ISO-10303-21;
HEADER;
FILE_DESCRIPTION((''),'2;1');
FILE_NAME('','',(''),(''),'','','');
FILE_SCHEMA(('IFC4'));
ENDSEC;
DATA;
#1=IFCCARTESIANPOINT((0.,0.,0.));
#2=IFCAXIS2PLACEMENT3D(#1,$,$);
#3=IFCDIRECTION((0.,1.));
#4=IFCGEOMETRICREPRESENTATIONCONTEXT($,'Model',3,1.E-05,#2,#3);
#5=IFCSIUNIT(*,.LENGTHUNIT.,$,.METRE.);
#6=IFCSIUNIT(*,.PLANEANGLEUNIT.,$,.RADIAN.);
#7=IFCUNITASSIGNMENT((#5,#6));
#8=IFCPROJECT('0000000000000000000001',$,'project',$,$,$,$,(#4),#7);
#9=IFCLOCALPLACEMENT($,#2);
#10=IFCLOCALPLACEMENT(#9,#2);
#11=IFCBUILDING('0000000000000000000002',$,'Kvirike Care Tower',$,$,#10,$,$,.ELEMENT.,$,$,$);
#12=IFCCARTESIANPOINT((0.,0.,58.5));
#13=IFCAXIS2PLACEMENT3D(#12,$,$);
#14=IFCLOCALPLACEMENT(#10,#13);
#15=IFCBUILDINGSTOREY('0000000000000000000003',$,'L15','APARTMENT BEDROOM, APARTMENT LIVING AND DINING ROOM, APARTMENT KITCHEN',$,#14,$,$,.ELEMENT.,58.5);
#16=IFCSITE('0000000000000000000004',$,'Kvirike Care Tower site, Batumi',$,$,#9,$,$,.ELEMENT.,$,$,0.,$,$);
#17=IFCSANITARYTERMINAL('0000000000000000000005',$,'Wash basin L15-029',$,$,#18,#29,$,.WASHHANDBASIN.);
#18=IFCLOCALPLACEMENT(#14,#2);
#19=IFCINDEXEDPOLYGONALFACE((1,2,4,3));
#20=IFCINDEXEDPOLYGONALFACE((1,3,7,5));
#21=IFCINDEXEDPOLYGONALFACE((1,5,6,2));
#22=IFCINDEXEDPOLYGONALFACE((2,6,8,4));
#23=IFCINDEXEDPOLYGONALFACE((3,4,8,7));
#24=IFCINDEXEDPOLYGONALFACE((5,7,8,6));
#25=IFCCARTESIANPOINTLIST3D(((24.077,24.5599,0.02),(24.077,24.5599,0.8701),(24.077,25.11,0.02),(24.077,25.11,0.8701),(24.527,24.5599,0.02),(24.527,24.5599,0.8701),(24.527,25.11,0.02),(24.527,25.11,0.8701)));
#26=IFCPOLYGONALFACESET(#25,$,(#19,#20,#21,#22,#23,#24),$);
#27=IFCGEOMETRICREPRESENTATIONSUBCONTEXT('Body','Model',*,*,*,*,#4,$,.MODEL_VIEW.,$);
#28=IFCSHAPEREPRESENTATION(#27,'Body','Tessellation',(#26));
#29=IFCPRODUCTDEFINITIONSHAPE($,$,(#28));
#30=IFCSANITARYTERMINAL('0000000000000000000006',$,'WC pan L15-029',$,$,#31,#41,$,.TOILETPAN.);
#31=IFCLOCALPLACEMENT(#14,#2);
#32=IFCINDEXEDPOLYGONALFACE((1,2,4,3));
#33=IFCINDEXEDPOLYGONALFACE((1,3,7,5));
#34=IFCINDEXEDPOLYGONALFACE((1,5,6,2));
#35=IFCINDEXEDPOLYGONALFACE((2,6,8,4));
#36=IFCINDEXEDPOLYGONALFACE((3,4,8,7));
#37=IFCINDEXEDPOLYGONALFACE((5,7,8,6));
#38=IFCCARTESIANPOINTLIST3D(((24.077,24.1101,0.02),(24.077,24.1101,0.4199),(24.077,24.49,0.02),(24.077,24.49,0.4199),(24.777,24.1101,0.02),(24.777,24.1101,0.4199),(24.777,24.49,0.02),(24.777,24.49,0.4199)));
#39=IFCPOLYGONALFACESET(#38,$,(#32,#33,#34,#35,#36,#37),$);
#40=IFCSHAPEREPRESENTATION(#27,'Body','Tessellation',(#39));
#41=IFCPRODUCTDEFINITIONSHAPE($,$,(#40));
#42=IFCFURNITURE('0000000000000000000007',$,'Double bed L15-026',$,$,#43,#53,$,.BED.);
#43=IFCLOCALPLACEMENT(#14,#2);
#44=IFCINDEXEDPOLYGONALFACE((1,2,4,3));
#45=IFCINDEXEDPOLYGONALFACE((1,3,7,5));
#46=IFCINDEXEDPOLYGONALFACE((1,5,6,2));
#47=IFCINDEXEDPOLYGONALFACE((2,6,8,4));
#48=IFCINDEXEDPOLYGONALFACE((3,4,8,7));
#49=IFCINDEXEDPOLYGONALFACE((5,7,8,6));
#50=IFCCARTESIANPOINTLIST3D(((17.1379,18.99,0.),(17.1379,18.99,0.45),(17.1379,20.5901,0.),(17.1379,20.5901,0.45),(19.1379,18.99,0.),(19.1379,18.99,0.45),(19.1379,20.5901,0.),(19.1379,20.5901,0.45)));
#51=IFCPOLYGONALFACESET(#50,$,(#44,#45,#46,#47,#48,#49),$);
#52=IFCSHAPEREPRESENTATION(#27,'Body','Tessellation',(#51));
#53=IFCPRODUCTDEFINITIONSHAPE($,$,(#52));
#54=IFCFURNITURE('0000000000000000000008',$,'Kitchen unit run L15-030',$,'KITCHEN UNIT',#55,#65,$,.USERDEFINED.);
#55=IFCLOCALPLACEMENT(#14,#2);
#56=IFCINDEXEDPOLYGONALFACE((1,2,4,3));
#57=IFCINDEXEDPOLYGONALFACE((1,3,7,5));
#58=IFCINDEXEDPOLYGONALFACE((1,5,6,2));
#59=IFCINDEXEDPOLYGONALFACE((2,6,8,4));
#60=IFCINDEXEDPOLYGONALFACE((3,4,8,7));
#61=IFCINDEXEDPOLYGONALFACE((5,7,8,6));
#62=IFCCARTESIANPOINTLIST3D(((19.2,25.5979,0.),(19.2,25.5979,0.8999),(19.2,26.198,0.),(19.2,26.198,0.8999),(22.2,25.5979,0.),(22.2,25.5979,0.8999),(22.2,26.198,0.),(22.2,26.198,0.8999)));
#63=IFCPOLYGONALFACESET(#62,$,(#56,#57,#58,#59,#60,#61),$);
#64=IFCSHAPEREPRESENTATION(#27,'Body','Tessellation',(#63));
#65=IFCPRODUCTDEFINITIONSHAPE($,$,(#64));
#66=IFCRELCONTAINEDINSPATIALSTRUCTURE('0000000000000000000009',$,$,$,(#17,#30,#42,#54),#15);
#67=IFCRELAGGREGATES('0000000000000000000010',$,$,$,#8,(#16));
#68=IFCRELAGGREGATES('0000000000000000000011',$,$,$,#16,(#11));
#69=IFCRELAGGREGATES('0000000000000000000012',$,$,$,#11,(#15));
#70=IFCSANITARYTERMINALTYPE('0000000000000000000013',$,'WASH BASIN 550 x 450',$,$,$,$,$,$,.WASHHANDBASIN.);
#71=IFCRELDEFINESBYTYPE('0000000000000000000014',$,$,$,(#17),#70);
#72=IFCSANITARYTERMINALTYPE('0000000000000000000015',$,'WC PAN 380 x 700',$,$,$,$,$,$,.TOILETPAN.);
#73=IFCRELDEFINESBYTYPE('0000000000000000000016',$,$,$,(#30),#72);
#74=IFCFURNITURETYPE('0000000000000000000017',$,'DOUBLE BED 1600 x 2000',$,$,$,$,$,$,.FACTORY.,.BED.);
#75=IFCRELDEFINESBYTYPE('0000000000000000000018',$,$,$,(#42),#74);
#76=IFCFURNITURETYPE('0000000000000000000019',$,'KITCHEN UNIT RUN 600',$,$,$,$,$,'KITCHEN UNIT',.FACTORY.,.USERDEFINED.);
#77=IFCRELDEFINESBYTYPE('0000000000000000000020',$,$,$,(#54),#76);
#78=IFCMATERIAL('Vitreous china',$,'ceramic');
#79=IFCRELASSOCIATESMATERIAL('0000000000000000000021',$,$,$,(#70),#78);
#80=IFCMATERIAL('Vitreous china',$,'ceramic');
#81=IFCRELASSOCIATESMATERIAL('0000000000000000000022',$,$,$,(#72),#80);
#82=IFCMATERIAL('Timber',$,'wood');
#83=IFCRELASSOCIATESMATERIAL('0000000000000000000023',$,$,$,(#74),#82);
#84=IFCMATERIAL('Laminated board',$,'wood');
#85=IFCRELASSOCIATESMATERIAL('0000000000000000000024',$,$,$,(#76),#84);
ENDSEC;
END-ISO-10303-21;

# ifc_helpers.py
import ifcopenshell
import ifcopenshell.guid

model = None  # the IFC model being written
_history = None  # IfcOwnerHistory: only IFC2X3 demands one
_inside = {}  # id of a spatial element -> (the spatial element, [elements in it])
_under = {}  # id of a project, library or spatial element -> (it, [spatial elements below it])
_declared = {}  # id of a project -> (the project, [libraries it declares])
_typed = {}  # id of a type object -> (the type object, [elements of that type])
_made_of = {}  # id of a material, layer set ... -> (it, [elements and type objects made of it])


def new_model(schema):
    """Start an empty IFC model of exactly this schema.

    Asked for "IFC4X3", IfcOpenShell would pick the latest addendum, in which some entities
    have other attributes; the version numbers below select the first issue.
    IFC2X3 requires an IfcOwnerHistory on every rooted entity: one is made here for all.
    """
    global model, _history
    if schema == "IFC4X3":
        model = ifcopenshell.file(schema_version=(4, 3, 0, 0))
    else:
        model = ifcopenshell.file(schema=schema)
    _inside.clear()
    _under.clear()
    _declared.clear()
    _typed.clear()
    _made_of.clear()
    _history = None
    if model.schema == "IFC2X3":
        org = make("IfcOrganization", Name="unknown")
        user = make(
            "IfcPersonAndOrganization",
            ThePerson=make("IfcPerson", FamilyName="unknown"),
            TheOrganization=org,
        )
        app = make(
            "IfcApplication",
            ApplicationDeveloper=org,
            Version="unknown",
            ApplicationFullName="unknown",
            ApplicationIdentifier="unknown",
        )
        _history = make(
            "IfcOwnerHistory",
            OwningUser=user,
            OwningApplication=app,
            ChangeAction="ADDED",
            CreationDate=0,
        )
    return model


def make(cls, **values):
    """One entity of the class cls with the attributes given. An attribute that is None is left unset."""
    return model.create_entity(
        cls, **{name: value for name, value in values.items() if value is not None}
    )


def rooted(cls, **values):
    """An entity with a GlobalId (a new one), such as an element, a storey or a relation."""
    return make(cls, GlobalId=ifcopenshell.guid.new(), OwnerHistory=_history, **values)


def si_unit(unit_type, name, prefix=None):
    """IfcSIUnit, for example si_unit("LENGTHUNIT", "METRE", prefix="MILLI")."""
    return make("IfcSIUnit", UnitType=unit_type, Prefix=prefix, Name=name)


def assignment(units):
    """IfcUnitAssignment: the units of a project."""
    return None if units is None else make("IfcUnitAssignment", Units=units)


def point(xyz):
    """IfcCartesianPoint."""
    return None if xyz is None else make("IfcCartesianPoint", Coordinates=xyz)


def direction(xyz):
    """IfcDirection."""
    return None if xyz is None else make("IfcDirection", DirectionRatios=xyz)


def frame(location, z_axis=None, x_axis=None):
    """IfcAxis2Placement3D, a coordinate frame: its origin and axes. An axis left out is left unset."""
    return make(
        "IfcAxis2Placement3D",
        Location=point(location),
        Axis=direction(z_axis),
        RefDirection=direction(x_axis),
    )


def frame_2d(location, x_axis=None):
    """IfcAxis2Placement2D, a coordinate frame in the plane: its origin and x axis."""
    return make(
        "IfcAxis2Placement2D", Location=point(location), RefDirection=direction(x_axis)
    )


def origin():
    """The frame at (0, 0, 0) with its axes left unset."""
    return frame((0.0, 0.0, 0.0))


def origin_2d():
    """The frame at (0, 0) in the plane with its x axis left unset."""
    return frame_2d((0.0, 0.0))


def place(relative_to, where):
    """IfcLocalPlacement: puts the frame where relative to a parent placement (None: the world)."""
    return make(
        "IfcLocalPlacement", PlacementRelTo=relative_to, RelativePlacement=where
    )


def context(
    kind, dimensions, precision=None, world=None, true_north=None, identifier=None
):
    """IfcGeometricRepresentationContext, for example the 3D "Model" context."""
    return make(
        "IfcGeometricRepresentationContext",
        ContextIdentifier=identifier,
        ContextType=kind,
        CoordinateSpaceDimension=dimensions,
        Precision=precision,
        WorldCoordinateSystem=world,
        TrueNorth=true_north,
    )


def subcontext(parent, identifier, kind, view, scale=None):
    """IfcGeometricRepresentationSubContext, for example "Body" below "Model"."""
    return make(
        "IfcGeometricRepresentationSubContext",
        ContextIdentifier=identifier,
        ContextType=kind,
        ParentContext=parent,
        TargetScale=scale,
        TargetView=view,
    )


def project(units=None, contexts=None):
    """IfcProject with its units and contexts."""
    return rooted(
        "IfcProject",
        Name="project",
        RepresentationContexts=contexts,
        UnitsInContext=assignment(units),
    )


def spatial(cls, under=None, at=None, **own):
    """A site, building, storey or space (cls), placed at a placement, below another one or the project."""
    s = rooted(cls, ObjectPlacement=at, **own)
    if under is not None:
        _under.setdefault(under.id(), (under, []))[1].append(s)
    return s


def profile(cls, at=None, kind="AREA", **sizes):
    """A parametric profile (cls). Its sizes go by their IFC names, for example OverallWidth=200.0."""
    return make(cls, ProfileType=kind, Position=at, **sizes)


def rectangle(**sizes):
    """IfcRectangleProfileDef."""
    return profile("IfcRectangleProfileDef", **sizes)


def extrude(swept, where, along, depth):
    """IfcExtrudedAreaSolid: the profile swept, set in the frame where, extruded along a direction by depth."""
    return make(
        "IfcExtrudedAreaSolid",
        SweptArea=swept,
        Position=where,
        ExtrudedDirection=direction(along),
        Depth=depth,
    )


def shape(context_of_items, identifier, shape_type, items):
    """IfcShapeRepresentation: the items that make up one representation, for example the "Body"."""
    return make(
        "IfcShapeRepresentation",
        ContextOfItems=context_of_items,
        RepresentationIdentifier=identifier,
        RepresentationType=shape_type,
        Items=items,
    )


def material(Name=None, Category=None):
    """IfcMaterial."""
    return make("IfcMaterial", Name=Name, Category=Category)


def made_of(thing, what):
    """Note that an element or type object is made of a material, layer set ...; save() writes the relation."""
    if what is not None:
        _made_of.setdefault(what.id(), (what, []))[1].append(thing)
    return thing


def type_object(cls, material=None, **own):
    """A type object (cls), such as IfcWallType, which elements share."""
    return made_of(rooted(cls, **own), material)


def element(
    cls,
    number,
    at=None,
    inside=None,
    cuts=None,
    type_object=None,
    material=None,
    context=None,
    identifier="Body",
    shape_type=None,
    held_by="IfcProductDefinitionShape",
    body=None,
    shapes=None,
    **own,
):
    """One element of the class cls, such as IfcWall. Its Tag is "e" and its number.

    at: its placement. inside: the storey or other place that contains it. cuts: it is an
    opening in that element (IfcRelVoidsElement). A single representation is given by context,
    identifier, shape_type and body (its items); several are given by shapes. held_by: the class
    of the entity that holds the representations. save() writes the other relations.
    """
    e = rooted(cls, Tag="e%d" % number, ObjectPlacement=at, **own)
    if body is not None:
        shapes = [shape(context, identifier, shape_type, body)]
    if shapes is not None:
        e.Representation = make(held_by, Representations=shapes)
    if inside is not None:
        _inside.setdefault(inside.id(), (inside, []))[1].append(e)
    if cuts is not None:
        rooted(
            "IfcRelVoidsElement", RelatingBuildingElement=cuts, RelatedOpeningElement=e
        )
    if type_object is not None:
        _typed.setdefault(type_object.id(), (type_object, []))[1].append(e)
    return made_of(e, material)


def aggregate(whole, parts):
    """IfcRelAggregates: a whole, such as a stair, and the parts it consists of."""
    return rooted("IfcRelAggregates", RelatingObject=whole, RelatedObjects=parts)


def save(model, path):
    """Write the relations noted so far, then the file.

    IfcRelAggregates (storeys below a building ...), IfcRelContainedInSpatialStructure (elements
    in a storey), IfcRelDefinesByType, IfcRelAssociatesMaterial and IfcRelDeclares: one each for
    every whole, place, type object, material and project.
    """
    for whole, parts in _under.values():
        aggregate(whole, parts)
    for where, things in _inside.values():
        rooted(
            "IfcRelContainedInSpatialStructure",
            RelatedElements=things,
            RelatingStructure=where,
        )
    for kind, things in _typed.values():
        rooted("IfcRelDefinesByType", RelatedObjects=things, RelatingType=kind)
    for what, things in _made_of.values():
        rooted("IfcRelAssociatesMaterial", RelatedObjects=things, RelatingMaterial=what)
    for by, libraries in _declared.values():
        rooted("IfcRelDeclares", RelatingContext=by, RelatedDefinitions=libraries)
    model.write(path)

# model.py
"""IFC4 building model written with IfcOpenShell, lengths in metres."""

from ifc_helpers import new_model, si_unit, direction, frame, origin, origin_2d, place, context, subcontext, project, spatial, rectangle, extrude, material, type_object, element, save


model = new_model("IFC4")

# Units and contexts
model_context = context("Model", 3, precision=1e-05, world=origin(), true_north=direction((0.0, 1.0)))
body_context = subcontext(model_context, "Body", "Model", "MODEL_VIEW")
ifc_project = project(units=[si_unit("LENGTHUNIT", "METRE"), si_unit("PLANEANGLEUNIT", "RADIAN")], contexts=[model_context])

# Site, building, storey
site_placement = place(None, origin())
site = spatial("IfcSite", under=ifc_project, at=site_placement, Name="Kvirike Care Tower site, Batumi", CompositionType="ELEMENT", RefElevation=0.0)
building_placement = place(site_placement, origin())
building = spatial("IfcBuilding", under=site, at=building_placement, Name="Kvirike Care Tower", CompositionType="ELEMENT")
storey_placement = place(building_placement, frame((0.0, 0.0, 58.5)))
storey = spatial("IfcBuildingStorey", under=building, at=storey_placement, Name="L15", Description="APARTMENT BEDROOM, APARTMENT LIVING AND DINING ROOM, APARTMENT KITCHEN", CompositionType="ELEMENT", Elevation=58.5)

# Sanitary terminals
ifc_material_1 = material(Name="Vitreous china", Category="ceramic")
sanitary_terminal_type_1 = type_object("IfcSanitaryTerminalType", Name="WASH BASIN 550 x 450", PredefinedType="WASHHANDBASIN", material=ifc_material_1)
sanitary_terminal_1_placement = place(storey_placement, frame((24.302, 24.835, 0.02), z_axis=(0.0, 0.0, 1.0), x_axis=(0.0, 1.0, 0.0)))
element("IfcSanitaryTerminal", 1, at=sanitary_terminal_1_placement, inside=storey, type_object=sanitary_terminal_type_1, Name="Wash basin L15-029", PredefinedType="WASHHANDBASIN", context=body_context, shape_type="SweptSolid", body=[
    extrude(rectangle(XDim=0.55, YDim=0.45, at=origin_2d()), origin(), (0.0, 0.0, 1.0), 0.8501),
])
ifc_material_2 = material(Name="Vitreous china", Category="ceramic")
sanitary_terminal_type_2 = type_object("IfcSanitaryTerminalType", Name="WC PAN 380 x 700", PredefinedType="TOILETPAN", material=ifc_material_2)
sanitary_terminal_2_placement = place(storey_placement, frame((24.427, 24.3, 0.02), z_axis=(0.0, 0.0, 1.0), x_axis=(0.0, 1.0, 0.0)))
element("IfcSanitaryTerminal", 2, at=sanitary_terminal_2_placement, inside=storey, type_object=sanitary_terminal_type_2, Name="WC pan L15-029", PredefinedType="TOILETPAN", context=body_context, shape_type="SweptSolid", body=[
    extrude(rectangle(XDim=0.3799, YDim=0.7, at=origin_2d()), origin(), (0.0, 0.0, 1.0), 0.3999),
])

# Furniture
ifc_material_3 = material(Name="Timber", Category="wood")
furniture_type_1 = type_object("IfcFurnitureType", Name="DOUBLE BED 1600 x 2000", AssemblyPlace="FACTORY", PredefinedType="BED", material=ifc_material_3)
furniture_1_placement = place(storey_placement, frame((18.1379, 19.79, 0.0), z_axis=(0.0, 0.0, 1.0), x_axis=(0.0, -1.0, 0.0)))
element("IfcFurniture", 3, at=furniture_1_placement, inside=storey, type_object=furniture_type_1, Name="Double bed L15-026", PredefinedType="BED", context=body_context, shape_type="SweptSolid", body=[
    extrude(rectangle(XDim=1.6001, YDim=2.0, at=origin_2d()), origin(), (0.0, 0.0, 1.0), 0.45),
])
ifc_material_4 = material(Name="Laminated board", Category="wood")
furniture_type_2 = type_object("IfcFurnitureType", Name="KITCHEN UNIT RUN 600", ElementType="KITCHEN UNIT", AssemblyPlace="FACTORY", PredefinedType="USERDEFINED", material=ifc_material_4)
furniture_2_placement = place(storey_placement, frame((20.7, 25.8979, 0.0), z_axis=(0.0, 0.0, 1.0), x_axis=(1.0, 0.0, 0.0)))
element("IfcFurniture", 4, at=furniture_2_placement, inside=storey, type_object=furniture_type_2, Name="Kitchen unit run L15-030", ObjectType="KITCHEN UNIT", PredefinedType="USERDEFINED", context=body_context, shape_type="SweptSolid", body=[
    extrude(rectangle(XDim=3.0, YDim=0.6001, at=origin_2d()), origin(), (0.0, 0.0, 1.0), 0.8999),
])

save(model, "model.ifc")
